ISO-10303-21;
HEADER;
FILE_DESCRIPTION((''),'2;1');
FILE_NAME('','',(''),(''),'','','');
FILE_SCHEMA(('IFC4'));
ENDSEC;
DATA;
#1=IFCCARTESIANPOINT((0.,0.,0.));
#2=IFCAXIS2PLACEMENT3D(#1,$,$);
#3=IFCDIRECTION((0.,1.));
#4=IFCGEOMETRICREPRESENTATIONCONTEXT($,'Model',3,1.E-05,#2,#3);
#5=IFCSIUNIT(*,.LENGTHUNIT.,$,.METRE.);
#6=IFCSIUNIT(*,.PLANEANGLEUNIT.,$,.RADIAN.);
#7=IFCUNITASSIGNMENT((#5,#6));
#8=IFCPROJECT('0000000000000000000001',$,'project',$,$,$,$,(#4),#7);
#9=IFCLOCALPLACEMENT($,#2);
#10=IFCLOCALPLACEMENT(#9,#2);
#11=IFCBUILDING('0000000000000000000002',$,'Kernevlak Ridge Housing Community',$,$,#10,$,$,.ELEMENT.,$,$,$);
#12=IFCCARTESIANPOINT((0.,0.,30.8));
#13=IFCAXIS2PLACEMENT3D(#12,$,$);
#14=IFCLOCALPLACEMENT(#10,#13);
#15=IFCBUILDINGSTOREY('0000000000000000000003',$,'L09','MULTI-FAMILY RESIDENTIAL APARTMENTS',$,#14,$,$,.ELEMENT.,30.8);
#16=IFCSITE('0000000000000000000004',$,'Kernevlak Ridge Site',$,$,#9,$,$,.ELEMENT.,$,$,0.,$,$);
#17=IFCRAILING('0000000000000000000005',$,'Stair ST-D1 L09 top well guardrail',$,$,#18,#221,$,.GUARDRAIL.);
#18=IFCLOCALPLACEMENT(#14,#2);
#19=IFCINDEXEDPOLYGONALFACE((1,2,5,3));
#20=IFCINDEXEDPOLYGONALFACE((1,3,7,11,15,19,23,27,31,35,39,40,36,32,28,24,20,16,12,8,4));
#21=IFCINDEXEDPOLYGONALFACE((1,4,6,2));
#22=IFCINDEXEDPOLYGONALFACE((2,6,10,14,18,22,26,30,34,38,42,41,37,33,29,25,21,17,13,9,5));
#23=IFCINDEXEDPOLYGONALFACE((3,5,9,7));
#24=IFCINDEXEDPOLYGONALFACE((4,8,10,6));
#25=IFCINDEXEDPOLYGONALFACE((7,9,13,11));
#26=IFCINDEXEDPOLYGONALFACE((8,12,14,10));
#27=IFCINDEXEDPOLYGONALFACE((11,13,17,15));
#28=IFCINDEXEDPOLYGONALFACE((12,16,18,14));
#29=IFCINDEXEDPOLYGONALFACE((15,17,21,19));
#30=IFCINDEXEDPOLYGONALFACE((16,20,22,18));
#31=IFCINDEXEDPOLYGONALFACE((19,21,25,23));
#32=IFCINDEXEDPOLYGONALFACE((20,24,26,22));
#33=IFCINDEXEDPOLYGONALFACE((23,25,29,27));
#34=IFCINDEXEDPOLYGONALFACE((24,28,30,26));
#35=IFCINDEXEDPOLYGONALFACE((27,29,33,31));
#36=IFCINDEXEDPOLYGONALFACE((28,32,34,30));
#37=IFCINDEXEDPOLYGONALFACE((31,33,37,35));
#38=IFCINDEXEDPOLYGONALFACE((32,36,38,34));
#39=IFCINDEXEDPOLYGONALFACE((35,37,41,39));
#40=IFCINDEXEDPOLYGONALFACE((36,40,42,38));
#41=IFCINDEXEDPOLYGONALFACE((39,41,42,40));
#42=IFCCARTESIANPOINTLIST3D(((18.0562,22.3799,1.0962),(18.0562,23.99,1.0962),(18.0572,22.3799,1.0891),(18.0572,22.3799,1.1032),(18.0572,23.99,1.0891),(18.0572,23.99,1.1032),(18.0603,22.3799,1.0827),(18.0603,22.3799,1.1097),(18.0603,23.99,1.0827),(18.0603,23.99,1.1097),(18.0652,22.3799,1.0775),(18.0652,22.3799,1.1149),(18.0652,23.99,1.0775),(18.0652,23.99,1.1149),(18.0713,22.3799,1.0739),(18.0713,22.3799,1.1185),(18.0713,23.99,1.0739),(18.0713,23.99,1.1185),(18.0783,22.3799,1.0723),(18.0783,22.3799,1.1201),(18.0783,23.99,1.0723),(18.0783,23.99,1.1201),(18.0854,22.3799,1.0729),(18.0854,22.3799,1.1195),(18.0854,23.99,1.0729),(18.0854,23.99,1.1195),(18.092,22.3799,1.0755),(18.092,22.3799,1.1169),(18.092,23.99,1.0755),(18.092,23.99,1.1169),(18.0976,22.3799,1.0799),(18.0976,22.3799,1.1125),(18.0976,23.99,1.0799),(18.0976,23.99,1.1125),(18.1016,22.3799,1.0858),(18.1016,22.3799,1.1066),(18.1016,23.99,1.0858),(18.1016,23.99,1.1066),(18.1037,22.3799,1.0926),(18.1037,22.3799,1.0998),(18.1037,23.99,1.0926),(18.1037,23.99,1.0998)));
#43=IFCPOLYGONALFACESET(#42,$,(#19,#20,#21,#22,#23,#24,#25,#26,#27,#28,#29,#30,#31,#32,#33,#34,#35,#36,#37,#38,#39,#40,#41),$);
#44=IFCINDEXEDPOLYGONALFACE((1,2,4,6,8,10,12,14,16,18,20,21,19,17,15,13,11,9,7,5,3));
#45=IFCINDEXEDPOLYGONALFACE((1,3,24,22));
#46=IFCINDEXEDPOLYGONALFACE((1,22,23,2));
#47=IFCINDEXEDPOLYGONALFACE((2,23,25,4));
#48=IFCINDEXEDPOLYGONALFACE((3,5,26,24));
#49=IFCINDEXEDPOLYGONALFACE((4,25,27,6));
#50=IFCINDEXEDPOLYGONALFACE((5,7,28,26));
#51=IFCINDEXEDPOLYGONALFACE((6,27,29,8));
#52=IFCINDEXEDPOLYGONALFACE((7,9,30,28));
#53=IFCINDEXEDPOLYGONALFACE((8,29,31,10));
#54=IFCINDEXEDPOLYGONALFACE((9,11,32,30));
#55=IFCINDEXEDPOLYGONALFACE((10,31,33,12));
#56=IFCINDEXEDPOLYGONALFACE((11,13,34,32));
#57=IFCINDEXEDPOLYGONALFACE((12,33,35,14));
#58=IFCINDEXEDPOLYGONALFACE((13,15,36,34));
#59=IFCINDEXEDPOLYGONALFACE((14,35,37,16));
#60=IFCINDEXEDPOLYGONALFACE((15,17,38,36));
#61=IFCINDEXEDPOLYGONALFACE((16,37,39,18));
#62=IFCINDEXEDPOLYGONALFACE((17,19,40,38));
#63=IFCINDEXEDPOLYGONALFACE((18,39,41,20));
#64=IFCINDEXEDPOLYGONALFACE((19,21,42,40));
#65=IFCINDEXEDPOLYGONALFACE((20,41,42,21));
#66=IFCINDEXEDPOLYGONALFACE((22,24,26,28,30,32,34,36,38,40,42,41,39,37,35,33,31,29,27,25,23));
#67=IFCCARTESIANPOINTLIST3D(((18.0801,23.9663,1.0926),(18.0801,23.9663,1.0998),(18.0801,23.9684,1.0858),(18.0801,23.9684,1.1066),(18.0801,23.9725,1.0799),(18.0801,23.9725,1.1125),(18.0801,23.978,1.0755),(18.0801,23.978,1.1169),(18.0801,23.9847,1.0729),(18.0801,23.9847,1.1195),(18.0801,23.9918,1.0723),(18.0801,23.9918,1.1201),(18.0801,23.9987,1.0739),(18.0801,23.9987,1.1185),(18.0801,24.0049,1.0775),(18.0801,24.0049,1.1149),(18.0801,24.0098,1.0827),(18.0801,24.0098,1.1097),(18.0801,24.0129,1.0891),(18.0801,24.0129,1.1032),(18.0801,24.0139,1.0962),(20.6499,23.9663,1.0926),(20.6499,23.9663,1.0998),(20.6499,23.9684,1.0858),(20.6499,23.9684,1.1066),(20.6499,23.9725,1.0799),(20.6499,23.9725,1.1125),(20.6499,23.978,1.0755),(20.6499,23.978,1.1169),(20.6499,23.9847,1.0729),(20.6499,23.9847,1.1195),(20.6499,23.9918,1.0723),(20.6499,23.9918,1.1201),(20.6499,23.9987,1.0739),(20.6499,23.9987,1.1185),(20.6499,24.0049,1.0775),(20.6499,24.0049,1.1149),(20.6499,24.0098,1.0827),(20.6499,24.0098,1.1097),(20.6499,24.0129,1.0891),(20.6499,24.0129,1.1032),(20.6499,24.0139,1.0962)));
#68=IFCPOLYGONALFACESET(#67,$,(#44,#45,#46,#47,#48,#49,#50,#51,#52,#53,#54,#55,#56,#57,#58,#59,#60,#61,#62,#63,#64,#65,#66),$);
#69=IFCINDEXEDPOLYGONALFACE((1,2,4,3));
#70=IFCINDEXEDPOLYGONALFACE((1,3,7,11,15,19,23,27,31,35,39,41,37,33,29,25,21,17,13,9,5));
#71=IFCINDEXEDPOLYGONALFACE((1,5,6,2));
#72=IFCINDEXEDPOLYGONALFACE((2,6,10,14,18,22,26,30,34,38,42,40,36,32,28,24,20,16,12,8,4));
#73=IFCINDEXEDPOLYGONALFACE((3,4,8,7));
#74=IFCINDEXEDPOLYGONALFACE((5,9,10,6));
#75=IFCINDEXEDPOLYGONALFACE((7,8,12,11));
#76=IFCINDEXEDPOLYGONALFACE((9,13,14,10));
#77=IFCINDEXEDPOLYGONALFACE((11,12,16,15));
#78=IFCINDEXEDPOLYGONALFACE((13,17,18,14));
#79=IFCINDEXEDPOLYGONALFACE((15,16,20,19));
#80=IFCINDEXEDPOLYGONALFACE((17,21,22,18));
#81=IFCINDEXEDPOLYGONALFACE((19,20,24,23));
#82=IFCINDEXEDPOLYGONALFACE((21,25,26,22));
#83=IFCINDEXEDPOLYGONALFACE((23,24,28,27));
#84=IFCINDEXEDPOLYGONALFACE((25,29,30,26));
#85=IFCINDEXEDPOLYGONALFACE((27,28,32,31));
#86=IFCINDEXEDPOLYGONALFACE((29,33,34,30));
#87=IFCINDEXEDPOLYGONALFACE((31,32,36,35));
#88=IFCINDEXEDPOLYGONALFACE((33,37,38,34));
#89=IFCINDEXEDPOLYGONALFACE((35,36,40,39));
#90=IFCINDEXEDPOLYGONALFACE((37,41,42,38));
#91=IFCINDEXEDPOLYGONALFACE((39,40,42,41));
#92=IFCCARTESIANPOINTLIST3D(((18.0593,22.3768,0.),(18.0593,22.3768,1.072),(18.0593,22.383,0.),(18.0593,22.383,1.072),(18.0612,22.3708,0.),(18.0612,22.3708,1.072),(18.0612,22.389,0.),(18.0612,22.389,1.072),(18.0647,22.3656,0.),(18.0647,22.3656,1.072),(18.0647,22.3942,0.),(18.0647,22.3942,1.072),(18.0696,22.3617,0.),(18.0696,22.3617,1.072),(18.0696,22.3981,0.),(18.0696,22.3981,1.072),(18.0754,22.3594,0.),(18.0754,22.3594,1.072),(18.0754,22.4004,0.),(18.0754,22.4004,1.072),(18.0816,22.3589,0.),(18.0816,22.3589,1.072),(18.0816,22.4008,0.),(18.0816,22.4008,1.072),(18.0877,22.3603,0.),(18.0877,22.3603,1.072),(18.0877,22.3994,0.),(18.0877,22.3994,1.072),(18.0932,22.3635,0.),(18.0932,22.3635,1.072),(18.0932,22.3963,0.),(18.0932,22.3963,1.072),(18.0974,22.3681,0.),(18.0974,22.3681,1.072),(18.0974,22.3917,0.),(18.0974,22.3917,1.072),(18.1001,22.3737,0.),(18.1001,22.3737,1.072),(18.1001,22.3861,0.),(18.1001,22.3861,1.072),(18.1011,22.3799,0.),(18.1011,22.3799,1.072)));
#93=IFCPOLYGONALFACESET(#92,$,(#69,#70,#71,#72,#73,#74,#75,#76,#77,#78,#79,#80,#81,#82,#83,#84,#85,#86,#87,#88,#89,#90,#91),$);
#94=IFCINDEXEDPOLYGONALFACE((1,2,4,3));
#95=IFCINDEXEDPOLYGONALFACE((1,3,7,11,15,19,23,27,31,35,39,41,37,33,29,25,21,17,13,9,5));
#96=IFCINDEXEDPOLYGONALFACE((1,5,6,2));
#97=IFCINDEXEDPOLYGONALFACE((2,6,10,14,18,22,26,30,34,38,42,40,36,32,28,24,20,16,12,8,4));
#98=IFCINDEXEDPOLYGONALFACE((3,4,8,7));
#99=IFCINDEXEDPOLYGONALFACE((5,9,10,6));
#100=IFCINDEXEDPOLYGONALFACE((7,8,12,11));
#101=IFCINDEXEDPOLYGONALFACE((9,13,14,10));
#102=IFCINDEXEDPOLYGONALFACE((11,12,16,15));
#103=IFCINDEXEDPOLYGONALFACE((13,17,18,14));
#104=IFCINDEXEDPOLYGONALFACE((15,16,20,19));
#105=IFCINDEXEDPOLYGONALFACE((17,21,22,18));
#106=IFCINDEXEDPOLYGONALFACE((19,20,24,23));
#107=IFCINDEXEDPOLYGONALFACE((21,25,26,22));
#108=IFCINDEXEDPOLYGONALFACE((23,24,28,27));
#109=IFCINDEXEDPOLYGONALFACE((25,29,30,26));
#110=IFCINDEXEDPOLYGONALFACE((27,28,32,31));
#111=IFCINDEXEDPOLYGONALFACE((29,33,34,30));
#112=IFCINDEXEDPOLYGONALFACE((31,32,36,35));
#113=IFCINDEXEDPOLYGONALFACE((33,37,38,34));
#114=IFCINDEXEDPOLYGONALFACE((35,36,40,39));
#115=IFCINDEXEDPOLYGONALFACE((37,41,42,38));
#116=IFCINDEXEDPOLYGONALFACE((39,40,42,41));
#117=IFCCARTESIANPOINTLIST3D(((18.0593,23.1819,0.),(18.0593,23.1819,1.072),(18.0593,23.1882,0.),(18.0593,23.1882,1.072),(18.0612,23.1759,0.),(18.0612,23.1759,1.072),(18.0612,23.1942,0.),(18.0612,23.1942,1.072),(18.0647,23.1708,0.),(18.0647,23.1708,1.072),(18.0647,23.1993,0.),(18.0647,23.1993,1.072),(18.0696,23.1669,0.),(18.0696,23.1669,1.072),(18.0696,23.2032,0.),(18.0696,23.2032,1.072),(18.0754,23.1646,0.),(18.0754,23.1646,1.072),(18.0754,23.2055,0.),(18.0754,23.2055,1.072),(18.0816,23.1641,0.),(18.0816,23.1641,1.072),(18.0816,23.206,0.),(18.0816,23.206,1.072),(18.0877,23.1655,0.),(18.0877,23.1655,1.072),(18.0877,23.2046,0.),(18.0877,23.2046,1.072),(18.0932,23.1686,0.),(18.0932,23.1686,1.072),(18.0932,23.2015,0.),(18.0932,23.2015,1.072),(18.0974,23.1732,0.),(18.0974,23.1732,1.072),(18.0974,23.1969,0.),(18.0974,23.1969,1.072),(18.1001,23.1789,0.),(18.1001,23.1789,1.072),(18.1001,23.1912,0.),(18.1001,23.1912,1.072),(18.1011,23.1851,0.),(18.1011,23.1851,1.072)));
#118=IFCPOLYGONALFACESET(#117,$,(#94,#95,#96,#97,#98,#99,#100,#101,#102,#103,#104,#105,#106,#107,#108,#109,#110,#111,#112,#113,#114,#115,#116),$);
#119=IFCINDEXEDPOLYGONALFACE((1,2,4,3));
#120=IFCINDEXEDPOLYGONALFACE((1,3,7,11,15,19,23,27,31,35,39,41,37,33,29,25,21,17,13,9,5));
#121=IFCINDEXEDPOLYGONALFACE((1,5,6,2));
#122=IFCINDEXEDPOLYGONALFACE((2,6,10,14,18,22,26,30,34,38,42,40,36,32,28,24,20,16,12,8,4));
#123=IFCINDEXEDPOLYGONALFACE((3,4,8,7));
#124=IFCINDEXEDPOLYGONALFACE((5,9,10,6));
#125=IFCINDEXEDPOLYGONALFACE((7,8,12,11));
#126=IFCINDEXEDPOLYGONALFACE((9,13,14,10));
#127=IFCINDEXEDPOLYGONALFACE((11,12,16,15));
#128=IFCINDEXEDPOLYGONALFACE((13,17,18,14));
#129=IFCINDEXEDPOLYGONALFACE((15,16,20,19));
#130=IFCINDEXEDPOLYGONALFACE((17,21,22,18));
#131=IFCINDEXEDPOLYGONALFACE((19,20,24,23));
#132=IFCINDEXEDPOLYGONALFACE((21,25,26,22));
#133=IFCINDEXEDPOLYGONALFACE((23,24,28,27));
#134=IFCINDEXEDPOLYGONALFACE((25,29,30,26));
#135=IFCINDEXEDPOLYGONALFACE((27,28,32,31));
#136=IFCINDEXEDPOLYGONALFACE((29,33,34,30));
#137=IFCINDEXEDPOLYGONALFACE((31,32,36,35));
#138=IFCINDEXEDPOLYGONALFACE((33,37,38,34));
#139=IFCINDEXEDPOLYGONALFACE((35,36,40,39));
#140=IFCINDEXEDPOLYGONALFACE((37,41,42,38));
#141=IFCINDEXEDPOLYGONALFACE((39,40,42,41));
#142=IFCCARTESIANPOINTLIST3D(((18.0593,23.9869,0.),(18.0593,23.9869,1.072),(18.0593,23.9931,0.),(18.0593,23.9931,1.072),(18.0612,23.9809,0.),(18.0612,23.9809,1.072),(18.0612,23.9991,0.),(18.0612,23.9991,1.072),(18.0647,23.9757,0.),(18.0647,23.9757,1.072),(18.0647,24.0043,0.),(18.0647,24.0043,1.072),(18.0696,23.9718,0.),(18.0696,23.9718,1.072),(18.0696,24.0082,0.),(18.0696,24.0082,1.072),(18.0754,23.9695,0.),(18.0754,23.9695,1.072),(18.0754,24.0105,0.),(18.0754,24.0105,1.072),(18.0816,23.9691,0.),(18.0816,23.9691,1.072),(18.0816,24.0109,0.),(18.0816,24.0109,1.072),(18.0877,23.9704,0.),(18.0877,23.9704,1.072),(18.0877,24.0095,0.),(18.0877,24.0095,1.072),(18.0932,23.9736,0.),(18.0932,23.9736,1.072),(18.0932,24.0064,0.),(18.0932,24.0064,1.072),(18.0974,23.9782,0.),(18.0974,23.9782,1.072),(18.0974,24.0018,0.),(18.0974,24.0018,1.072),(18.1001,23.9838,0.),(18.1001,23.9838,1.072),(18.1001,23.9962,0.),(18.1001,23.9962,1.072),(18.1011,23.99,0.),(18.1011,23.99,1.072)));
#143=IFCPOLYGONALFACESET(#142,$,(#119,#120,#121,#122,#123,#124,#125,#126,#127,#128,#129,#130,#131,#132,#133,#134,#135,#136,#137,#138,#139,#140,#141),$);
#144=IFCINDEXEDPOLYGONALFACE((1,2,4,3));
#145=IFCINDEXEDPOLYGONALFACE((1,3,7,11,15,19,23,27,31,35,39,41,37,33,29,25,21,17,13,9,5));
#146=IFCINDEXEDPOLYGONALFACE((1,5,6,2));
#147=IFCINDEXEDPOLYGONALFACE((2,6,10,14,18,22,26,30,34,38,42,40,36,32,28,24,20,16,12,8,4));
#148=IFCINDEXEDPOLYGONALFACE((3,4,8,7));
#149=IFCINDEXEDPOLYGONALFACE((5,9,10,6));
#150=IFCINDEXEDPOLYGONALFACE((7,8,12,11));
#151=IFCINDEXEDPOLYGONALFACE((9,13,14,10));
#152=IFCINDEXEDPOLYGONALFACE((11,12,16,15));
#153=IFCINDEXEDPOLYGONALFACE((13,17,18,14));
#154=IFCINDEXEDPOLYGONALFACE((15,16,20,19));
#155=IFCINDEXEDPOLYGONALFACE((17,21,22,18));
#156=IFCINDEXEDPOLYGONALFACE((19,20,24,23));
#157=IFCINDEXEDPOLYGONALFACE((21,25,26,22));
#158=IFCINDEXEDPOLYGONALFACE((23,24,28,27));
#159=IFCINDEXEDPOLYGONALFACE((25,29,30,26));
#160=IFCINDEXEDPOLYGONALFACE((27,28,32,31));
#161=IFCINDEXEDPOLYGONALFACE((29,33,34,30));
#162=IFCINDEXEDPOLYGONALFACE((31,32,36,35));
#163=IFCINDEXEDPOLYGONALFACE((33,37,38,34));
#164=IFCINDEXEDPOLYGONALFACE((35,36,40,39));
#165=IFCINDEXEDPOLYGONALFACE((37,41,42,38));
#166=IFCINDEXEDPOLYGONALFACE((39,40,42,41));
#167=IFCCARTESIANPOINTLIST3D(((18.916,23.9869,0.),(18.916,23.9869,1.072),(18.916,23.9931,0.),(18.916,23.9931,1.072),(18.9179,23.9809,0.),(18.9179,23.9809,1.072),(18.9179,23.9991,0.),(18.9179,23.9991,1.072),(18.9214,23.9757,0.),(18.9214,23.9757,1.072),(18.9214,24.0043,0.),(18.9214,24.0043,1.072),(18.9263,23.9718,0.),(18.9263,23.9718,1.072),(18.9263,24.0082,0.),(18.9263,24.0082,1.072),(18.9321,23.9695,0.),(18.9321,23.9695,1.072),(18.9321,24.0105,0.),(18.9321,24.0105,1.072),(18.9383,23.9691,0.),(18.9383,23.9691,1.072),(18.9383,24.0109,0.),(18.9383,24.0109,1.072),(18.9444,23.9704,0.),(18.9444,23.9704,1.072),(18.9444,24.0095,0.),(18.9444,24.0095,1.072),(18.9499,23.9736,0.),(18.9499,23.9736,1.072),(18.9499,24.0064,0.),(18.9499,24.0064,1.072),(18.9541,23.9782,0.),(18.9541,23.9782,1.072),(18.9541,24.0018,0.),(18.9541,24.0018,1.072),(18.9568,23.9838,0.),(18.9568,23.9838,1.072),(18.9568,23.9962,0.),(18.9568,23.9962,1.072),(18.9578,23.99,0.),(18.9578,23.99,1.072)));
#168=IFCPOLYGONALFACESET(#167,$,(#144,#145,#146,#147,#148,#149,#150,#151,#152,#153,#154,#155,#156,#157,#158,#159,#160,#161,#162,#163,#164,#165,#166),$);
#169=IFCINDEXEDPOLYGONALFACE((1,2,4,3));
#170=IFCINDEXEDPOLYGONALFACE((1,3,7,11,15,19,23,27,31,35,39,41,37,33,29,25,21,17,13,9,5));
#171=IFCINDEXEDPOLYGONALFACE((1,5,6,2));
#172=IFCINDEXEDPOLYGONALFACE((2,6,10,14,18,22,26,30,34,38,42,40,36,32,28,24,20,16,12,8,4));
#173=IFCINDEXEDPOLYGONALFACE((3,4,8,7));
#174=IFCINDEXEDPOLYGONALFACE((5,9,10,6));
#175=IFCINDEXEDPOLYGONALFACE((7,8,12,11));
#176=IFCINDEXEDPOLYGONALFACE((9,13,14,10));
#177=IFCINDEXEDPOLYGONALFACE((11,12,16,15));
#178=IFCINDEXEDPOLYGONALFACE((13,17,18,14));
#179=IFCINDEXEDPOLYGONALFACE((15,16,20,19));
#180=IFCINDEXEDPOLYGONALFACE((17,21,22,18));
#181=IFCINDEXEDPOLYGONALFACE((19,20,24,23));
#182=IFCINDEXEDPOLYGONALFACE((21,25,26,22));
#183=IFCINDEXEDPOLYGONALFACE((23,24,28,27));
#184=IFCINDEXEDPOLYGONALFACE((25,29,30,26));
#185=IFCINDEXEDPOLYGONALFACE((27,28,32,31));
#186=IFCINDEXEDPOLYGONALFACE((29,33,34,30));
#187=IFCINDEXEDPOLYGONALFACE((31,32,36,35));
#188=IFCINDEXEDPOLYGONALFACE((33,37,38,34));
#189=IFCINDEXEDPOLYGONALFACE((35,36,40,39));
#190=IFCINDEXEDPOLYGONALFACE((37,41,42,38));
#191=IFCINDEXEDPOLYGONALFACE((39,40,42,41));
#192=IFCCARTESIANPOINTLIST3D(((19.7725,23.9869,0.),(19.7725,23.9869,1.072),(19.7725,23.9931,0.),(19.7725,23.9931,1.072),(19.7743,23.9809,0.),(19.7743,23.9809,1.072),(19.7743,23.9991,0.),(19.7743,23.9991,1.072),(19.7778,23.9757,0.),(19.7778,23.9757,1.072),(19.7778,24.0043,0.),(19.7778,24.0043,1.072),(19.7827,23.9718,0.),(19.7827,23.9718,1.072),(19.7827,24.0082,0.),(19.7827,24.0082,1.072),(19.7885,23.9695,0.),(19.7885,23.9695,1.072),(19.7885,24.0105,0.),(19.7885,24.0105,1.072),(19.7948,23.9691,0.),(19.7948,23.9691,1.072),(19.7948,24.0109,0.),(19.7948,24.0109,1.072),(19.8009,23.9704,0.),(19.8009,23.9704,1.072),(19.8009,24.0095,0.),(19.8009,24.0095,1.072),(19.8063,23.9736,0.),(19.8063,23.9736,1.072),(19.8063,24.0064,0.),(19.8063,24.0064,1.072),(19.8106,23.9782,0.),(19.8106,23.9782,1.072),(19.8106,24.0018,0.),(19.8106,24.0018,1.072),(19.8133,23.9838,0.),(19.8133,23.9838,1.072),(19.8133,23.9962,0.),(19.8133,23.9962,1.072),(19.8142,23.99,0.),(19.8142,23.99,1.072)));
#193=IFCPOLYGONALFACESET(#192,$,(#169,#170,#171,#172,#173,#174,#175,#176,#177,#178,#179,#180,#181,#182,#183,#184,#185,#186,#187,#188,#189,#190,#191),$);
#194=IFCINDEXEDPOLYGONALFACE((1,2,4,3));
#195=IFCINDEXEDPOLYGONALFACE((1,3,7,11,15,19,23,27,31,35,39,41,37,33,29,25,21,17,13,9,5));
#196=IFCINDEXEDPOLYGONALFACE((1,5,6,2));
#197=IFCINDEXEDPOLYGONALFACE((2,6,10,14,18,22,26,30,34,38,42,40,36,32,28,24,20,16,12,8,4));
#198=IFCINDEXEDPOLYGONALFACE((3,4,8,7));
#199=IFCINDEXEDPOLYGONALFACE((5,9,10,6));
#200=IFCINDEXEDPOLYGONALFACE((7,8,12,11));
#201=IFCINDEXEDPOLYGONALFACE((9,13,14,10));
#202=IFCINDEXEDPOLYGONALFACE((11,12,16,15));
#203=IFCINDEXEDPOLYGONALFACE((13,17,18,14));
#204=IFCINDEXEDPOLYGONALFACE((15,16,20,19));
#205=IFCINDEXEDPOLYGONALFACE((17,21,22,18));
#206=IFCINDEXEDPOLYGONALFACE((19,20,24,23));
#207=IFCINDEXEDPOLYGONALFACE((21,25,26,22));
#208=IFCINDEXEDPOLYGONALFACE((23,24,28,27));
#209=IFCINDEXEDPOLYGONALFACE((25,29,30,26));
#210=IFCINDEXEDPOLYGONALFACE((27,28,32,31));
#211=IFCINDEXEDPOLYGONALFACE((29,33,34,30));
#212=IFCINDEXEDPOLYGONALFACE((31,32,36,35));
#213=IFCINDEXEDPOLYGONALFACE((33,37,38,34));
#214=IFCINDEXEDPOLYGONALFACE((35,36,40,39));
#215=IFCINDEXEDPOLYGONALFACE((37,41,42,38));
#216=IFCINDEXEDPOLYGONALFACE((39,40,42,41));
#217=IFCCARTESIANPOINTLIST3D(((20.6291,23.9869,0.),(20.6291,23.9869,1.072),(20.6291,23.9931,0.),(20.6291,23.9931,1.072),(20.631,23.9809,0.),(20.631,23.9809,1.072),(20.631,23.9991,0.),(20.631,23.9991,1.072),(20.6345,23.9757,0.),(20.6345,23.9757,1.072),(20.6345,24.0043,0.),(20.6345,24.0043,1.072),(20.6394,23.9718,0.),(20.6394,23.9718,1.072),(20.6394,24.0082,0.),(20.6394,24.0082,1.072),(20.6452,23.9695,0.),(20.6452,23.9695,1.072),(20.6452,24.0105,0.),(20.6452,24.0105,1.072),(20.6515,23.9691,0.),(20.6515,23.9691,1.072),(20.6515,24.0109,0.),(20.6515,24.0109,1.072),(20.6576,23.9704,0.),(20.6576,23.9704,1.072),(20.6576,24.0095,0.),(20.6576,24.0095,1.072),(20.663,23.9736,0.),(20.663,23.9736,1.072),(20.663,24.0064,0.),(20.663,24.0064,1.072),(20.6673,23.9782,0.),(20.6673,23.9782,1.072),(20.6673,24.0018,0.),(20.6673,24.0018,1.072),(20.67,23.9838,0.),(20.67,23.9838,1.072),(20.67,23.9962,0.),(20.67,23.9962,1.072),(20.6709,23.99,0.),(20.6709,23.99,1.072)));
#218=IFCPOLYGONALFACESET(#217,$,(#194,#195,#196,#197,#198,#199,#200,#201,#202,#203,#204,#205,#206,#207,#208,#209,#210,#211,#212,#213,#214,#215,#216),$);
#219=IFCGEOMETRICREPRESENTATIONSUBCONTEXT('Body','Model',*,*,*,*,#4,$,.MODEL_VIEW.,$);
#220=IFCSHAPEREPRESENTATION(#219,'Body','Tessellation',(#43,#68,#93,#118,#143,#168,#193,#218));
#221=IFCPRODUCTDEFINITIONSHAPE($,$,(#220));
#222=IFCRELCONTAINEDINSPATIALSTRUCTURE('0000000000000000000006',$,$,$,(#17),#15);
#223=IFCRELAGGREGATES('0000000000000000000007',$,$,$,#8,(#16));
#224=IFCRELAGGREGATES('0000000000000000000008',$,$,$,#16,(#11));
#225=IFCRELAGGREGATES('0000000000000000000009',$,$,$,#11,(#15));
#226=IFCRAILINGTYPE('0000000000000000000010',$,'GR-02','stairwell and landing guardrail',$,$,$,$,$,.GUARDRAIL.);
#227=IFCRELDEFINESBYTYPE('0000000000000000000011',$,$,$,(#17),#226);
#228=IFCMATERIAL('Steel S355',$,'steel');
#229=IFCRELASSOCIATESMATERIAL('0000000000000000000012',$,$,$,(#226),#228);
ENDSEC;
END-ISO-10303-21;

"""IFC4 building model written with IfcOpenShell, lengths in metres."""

from ifc_helpers import new_model, si_unit, direction, frame, origin, origin_2d, place, context, subcontext, project, spatial, circle, extrude, material, type_object, element, save


model = new_model("IFC4")

# Units and contexts
model_context = context("Model", 3, precision=1e-05, world=origin(), true_north=direction((0.0, 1.0)))
body_context = subcontext(model_context, "Body", "Model", "MODEL_VIEW")
ifc_project = project(units=[si_unit("LENGTHUNIT", "METRE"), si_unit("PLANEANGLEUNIT", "RADIAN")], contexts=[model_context])

# Site, building, storey
site_placement = place(None, origin())
site = spatial("IfcSite", under=ifc_project, at=site_placement, Name="Kernevlak Ridge Site", CompositionType="ELEMENT", RefElevation=0.0)
building_placement = place(site_placement, origin())
building = spatial("IfcBuilding", under=site, at=building_placement, Name="Kernevlak Ridge Housing Community", CompositionType="ELEMENT")
storey_placement = place(building_placement, frame((0.0, 0.0, 30.8)))
storey = spatial("IfcBuildingStorey", under=building, at=storey_placement, Name="L09", Description="MULTI-FAMILY RESIDENTIAL APARTMENTS", CompositionType="ELEMENT", Elevation=30.8)

# Railing
ifc_material_1 = material(Name="Steel S355", Category="steel")
railing_type = type_object("IfcRailingType", Name="GR-02", Description="stairwell and landing guardrail", PredefinedType="GUARDRAIL", material=ifc_material_1)
railing_placement = place(storey_placement, frame((18.0801, 22.3799, 0.0)))
element("IfcRailing", 1, at=railing_placement, inside=storey, type_object=railing_type, Name="Stair ST-D1 L09 top well guardrail", PredefinedType="GUARDRAIL", context=body_context, shape_type="SweptSolid", body=[
    extrude(circle(Radius=0.0239, at=origin_2d()), frame((0.0, 0.0, 1.0962), z_axis=(0.0, 1.0, 0.0), x_axis=(-1.0, 0.0, 0.0)), (0.0, 0.0, 1.0), 1.6101),
    extrude(circle(Radius=0.0239, at=origin_2d()), frame((0.0, 1.6101, 1.0962), z_axis=(1.0, 0.0, 0.0), x_axis=(0.0, 1.0, 0.0)), (0.0, 0.0, 1.0), 2.5698),
    extrude(circle(Radius=0.021, at=origin_2d()), origin(), (0.0, 0.0, 1.0), 1.072),
    extrude(circle(Radius=0.021, at=origin_2d()), frame((0.0, 0.8052, 0.0)), (0.0, 0.0, 1.0), 1.072),
    extrude(circle(Radius=0.021, at=origin_2d()), frame((0.0, 1.6101, 0.0)), (0.0, 0.0, 1.0), 1.072),
    extrude(circle(Radius=0.021, at=origin_2d()), frame((0.8567, 1.6101, 0.0)), (0.0, 0.0, 1.0), 1.072),
    extrude(circle(Radius=0.021, at=origin_2d()), frame((1.7131, 1.6101, 0.0)), (0.0, 0.0, 1.0), 1.072),
    extrude(circle(Radius=0.021, at=origin_2d()), frame((2.5698, 1.6101, 0.0)), (0.0, 0.0, 1.0), 1.072),
])

save(model, "model.ifc")
